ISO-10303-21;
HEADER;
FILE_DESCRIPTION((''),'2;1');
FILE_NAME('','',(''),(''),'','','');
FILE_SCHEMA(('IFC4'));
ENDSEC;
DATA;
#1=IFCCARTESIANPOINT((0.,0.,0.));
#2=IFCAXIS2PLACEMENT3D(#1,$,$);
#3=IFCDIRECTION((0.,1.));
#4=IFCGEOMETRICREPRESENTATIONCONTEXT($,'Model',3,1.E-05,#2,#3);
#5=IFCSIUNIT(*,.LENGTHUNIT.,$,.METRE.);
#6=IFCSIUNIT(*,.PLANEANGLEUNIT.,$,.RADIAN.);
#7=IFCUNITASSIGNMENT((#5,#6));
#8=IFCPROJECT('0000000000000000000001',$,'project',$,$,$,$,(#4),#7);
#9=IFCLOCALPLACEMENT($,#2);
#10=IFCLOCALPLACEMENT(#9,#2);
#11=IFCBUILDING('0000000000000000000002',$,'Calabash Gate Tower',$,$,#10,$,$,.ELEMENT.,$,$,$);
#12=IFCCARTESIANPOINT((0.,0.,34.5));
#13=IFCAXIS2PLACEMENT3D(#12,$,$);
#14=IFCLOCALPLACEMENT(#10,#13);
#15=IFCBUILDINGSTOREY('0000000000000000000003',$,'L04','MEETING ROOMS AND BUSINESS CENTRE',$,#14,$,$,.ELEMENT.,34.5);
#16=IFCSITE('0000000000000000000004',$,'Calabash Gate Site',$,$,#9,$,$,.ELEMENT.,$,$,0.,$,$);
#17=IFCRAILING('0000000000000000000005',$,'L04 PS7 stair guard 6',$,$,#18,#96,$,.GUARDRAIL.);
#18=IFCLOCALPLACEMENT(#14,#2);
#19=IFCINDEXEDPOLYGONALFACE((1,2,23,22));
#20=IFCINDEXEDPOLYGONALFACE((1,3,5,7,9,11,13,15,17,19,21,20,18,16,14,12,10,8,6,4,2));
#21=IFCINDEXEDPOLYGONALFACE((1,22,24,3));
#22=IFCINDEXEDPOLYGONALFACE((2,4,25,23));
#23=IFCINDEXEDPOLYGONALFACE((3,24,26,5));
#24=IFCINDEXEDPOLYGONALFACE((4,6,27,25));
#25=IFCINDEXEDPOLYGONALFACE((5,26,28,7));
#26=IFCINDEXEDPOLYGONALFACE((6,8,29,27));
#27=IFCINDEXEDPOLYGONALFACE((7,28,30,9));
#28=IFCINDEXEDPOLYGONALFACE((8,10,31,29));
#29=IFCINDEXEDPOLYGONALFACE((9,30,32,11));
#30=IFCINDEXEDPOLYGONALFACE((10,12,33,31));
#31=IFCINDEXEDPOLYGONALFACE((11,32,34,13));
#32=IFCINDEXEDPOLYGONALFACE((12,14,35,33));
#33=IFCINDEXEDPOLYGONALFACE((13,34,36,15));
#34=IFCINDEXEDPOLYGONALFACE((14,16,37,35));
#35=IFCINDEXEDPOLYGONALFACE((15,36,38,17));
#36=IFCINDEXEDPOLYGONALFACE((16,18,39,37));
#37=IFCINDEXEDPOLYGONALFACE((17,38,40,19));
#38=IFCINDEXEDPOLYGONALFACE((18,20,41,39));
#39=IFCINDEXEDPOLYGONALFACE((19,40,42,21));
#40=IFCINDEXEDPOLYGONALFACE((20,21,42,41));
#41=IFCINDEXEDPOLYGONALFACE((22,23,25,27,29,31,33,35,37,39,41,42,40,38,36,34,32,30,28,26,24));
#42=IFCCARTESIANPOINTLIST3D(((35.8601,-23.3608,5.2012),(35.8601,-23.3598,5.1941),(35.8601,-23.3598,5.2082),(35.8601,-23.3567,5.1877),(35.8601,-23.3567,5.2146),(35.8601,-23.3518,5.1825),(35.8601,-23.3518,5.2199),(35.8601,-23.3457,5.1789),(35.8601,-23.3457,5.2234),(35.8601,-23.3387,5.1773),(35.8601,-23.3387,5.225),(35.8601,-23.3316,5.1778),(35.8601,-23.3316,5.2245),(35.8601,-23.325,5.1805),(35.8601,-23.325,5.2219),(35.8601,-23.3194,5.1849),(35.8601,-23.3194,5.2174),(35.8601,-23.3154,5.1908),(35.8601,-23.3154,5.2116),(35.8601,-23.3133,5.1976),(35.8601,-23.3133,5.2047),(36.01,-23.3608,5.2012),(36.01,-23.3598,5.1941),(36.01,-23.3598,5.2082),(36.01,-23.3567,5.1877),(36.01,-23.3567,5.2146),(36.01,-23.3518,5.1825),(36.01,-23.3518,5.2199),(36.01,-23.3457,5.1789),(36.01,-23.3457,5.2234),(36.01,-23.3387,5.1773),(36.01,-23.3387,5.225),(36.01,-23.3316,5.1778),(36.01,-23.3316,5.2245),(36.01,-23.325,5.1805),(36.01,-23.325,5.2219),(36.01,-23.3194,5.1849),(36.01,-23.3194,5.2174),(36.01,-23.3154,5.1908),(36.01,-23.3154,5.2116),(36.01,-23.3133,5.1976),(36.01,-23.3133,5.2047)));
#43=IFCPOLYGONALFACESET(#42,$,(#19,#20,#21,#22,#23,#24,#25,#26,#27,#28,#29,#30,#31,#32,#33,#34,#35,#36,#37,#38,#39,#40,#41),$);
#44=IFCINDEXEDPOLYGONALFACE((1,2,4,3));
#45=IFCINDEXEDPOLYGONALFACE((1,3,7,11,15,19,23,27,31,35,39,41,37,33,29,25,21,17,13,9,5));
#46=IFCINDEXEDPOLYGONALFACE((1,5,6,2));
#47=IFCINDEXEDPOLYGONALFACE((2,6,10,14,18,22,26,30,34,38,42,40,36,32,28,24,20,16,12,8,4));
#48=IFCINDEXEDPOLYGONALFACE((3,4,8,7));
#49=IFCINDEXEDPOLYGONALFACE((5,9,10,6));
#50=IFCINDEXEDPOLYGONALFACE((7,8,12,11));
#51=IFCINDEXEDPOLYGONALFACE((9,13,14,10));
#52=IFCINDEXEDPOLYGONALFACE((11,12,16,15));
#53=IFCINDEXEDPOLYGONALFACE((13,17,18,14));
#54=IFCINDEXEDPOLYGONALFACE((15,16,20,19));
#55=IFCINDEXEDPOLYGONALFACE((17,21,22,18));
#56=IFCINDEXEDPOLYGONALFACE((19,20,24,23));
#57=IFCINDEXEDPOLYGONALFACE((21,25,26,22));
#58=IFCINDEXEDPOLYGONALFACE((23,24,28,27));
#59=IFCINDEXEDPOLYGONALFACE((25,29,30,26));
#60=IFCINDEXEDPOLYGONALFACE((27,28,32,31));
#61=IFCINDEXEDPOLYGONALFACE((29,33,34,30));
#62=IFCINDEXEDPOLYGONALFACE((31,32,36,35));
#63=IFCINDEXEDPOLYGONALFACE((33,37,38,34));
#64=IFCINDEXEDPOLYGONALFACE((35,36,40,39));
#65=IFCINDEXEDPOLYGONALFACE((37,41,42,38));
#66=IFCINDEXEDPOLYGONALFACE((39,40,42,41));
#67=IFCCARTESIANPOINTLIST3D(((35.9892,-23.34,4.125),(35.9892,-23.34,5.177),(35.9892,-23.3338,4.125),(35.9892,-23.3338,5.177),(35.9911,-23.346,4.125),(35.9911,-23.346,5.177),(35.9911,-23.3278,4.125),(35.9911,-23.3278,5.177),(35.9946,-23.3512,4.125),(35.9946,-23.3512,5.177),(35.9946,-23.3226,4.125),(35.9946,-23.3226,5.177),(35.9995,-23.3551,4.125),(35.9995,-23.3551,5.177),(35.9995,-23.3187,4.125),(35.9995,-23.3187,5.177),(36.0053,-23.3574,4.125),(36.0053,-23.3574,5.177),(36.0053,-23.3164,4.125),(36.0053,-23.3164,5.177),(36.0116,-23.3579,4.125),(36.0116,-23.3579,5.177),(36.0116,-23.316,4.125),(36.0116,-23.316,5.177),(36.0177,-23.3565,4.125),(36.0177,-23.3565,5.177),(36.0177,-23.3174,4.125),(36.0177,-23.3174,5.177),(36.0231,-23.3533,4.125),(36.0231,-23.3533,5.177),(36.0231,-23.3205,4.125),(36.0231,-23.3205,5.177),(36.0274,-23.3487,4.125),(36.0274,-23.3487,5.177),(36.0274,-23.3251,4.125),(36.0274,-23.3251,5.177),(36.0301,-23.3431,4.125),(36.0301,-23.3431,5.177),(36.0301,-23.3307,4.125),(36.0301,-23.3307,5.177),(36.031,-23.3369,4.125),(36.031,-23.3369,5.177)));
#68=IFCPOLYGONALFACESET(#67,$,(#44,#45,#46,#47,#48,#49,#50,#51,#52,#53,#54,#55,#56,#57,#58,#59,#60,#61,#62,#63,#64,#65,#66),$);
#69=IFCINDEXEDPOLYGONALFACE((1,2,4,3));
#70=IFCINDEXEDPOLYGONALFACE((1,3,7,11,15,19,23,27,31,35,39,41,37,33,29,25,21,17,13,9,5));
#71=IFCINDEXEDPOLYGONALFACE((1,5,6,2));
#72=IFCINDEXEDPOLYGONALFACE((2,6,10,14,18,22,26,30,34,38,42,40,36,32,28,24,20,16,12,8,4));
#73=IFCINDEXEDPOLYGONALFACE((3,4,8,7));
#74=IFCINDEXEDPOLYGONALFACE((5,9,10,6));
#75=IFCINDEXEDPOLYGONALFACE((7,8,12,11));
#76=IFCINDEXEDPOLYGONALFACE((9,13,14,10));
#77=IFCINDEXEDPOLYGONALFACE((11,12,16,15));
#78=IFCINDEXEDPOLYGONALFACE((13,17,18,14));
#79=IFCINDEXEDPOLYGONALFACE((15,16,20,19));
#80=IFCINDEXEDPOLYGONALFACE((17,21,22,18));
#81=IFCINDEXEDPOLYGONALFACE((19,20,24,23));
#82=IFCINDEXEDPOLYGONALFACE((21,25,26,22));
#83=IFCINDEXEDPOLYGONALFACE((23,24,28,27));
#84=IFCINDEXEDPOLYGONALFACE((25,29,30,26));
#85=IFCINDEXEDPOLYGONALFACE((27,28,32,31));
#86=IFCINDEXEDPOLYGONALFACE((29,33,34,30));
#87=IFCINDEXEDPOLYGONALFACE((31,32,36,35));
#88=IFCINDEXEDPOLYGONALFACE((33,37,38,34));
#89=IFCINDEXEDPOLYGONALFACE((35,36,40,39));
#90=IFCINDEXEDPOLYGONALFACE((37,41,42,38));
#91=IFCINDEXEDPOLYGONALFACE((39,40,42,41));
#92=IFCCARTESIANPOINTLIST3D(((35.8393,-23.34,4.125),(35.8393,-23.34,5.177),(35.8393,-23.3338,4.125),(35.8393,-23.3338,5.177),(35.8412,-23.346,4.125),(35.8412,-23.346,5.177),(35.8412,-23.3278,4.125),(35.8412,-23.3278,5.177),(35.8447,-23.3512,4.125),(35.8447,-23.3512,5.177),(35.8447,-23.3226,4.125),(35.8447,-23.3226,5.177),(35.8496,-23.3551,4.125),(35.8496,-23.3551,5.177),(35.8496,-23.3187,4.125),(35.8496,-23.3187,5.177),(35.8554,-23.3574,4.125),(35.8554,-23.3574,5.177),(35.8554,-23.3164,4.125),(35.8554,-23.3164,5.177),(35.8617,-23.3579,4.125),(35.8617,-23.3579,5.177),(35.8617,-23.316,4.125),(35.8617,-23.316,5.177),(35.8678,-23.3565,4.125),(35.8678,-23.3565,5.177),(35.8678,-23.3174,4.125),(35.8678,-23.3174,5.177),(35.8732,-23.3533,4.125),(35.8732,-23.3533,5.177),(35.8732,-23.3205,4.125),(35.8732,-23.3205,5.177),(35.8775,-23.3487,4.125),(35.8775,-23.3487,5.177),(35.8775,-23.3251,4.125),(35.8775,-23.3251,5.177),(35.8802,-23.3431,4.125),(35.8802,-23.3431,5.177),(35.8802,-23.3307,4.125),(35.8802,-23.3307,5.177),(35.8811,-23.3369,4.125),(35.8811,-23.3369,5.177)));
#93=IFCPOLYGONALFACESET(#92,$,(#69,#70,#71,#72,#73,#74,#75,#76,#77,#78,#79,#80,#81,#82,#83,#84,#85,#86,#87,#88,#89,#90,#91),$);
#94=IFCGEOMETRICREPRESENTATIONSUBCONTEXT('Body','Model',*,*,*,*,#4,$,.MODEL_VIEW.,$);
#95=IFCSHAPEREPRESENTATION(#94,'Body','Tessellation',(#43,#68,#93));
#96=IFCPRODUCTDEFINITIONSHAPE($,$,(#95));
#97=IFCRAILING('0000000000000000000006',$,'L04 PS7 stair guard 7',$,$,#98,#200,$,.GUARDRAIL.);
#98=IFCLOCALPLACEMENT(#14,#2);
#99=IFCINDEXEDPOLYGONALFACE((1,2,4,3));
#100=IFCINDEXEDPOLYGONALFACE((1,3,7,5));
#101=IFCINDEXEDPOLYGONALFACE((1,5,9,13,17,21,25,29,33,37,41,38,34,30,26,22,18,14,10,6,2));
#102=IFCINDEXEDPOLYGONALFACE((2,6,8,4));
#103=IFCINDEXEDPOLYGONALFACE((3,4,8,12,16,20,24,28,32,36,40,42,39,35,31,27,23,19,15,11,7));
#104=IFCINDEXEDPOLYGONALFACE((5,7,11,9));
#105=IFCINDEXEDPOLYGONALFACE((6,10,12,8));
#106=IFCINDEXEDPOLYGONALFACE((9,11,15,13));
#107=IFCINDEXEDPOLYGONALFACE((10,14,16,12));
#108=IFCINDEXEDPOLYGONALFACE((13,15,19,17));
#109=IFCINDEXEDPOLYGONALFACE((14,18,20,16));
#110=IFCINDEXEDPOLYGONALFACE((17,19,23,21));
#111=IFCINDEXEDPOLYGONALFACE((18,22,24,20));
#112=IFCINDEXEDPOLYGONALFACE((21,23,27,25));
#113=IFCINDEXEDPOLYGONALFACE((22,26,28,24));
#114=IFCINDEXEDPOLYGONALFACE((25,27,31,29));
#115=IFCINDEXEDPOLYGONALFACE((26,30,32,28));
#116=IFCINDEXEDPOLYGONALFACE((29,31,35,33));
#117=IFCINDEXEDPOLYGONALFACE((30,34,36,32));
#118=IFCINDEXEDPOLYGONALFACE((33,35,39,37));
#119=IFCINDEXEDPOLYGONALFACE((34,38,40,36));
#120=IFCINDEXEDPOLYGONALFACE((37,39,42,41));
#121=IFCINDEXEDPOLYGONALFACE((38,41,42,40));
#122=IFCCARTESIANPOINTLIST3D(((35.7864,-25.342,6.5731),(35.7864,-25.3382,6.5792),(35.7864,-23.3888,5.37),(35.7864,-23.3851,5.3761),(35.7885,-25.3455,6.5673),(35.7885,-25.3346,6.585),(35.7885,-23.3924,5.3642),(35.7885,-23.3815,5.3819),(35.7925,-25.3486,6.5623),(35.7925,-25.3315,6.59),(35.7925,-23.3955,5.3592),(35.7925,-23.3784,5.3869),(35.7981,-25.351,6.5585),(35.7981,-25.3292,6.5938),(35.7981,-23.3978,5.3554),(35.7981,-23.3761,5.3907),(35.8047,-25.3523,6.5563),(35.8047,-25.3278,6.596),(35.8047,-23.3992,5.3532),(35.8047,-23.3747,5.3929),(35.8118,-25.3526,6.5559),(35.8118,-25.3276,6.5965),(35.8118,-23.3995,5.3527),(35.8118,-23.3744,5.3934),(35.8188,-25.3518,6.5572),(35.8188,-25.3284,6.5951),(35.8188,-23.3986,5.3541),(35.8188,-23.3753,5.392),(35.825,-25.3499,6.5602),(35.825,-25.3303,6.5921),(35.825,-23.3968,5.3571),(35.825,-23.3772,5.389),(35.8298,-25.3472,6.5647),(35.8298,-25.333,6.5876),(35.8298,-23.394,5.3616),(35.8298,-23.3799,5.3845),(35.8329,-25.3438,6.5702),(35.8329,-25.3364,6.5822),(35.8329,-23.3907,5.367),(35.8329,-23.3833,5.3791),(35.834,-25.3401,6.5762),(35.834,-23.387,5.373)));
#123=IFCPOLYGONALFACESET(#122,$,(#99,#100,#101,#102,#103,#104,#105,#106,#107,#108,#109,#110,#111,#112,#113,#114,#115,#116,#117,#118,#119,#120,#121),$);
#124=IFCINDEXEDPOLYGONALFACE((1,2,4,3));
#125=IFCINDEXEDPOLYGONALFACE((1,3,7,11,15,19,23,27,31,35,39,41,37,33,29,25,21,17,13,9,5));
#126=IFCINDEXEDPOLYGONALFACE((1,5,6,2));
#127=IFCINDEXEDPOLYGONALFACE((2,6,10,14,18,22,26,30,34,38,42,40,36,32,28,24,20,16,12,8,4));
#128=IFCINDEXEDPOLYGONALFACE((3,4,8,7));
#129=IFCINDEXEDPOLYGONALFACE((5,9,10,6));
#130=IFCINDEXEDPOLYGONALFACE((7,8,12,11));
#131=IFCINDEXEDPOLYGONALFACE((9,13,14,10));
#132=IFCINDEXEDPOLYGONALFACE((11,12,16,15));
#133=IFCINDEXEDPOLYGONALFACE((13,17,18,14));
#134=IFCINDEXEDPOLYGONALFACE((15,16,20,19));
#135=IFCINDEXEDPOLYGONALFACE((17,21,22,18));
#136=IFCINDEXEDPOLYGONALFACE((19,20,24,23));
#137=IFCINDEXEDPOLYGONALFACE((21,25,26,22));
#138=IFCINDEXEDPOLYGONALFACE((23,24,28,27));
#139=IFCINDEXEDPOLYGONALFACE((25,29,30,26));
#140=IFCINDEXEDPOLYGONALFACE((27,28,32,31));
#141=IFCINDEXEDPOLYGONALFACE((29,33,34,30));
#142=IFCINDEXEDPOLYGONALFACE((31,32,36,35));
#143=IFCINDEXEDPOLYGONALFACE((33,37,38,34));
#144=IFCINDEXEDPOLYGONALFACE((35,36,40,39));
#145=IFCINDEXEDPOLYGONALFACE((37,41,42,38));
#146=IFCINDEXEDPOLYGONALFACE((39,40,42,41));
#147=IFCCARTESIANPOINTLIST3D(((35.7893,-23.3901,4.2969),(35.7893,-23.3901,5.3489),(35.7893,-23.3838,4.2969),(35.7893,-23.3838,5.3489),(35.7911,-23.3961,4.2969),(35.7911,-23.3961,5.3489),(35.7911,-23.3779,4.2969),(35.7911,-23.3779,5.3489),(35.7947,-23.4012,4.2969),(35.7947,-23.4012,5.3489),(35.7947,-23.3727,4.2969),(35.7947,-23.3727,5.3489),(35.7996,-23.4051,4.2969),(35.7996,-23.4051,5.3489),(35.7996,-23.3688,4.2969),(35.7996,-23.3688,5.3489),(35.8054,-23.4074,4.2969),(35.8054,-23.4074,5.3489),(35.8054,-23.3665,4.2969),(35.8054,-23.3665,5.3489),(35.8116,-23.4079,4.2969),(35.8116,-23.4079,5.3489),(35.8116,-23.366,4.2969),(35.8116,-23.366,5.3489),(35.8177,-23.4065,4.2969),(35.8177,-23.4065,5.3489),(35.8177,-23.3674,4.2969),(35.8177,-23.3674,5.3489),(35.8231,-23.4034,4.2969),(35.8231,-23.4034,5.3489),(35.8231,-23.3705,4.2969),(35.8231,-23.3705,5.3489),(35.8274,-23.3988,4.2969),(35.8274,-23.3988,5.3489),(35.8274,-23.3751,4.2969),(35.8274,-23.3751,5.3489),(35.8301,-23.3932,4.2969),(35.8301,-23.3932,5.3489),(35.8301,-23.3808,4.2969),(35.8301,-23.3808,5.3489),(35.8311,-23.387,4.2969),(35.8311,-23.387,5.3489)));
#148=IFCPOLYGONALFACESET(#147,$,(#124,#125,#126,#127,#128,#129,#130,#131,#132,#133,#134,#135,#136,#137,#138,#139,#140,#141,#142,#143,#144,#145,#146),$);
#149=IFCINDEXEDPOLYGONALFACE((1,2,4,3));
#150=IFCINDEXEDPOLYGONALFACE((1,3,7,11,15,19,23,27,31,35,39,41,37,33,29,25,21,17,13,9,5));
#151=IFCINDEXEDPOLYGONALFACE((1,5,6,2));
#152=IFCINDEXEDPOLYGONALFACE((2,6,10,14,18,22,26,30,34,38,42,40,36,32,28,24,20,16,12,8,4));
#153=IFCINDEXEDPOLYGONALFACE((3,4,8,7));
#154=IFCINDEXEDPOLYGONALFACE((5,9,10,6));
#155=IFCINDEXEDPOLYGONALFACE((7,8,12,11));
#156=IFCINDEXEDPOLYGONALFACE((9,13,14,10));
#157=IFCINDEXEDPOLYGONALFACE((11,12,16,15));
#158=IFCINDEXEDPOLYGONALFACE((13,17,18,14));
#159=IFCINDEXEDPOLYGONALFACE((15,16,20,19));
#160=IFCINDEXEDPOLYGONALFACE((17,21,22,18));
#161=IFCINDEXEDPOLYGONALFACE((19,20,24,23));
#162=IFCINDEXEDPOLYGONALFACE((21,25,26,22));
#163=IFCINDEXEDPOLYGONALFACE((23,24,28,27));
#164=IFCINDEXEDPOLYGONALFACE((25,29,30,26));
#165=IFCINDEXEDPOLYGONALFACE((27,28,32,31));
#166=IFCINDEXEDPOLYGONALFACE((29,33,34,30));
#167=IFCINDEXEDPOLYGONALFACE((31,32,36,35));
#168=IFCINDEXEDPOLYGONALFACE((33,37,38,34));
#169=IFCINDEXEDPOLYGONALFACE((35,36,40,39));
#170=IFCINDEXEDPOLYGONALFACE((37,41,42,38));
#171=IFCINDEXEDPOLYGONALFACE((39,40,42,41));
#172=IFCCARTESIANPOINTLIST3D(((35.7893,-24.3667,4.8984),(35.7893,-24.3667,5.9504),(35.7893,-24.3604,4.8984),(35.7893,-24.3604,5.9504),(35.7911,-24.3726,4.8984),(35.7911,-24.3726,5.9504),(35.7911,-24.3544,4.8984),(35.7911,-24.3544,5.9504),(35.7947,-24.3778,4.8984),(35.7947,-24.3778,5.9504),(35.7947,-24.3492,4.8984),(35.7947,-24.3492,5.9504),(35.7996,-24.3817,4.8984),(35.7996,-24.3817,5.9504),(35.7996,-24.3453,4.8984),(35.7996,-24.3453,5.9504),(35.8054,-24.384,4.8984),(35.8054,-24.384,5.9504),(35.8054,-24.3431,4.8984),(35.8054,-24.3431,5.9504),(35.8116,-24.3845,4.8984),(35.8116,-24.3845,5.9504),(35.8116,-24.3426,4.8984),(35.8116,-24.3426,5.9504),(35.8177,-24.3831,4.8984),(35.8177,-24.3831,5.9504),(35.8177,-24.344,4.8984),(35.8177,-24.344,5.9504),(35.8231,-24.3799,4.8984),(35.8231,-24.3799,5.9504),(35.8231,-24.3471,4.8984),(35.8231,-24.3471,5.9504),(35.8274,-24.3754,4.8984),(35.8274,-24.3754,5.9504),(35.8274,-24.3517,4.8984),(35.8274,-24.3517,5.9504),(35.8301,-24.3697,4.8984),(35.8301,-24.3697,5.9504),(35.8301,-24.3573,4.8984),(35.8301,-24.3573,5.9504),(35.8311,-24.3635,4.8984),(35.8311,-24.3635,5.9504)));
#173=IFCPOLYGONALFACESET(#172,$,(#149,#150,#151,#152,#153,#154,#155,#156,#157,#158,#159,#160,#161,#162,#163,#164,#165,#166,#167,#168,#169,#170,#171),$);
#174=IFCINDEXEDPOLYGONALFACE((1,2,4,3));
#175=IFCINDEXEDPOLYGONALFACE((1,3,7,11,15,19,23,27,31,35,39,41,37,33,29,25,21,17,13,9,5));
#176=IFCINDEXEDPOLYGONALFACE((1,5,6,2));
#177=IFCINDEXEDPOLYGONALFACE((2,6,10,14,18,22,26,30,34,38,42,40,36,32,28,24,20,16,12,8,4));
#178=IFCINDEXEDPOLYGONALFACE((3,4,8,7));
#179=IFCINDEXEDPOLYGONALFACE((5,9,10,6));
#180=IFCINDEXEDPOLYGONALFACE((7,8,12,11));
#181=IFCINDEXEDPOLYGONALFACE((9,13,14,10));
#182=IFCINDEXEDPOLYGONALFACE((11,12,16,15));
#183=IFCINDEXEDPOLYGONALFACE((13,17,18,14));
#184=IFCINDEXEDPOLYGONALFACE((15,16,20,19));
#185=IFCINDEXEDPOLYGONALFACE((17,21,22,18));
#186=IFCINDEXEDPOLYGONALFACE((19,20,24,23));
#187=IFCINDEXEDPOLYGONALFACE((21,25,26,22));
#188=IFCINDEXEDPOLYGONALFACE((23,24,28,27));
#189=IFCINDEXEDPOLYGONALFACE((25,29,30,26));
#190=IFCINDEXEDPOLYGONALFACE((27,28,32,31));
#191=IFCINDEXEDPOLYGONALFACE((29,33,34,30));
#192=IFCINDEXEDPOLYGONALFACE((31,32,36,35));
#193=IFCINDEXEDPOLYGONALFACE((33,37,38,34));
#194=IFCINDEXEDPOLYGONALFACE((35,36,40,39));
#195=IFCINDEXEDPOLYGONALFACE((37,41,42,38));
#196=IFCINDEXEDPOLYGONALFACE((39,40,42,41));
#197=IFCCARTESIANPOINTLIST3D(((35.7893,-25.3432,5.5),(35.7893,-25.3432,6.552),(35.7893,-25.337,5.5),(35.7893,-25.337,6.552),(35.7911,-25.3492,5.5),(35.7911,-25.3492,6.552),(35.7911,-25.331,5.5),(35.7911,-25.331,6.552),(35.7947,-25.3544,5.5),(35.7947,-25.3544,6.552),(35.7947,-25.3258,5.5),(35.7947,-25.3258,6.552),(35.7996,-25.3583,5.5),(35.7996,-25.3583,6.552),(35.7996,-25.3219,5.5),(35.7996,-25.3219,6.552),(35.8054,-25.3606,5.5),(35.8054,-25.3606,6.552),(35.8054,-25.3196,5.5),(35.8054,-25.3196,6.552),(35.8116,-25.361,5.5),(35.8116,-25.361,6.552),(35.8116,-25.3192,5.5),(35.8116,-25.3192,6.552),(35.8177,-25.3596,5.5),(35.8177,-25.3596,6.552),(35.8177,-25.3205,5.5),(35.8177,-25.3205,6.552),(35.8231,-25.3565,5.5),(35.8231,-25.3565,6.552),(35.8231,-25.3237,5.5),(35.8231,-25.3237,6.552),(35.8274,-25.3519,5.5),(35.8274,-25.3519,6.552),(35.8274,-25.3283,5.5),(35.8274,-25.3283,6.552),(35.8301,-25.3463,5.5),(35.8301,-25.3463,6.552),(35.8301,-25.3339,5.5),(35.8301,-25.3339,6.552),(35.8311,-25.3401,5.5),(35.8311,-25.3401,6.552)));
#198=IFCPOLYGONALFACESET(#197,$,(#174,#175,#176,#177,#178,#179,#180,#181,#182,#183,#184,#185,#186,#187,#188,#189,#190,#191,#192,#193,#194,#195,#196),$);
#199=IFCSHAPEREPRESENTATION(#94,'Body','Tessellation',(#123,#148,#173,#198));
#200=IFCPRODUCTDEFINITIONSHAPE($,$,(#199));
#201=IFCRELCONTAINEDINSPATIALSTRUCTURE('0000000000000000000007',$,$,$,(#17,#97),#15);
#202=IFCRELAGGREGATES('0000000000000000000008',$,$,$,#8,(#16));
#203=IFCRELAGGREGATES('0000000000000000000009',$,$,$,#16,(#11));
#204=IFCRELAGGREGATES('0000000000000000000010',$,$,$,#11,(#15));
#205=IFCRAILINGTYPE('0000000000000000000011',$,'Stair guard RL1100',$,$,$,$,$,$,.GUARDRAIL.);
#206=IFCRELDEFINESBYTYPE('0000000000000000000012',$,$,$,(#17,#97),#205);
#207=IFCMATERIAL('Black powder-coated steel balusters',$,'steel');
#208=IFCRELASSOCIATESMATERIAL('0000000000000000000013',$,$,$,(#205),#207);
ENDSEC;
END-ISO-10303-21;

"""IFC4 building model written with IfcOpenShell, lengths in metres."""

from ifc_helpers import new_model, si_unit, direction, frame, origin, origin_2d, place, context, subcontext, project, spatial, circle, extrude, material, type_object, element, save


model = new_model("IFC4")

# Units and contexts
model_context = context("Model", 3, precision=1e-05, world=origin(), true_north=direction((0.0, 1.0)))
body_context = subcontext(model_context, "Body", "Model", "MODEL_VIEW")
ifc_project = project(units=[si_unit("LENGTHUNIT", "METRE"), si_unit("PLANEANGLEUNIT", "RADIAN")], contexts=[model_context])

# Site, building, storey
site_placement = place(None, origin())
site = spatial("IfcSite", under=ifc_project, at=site_placement, Name="Calabash Gate Site", CompositionType="ELEMENT", RefElevation=0.0)
building_placement = place(site_placement, origin())
building = spatial("IfcBuilding", under=site, at=building_placement, Name="Calabash Gate Tower", CompositionType="ELEMENT")
storey_placement = place(building_placement, frame((0.0, 0.0, 34.5)))
storey = spatial("IfcBuildingStorey", under=building, at=storey_placement, Name="L04", Description="MEETING ROOMS AND BUSINESS CENTRE", CompositionType="ELEMENT", Elevation=34.5)

# Railings
ifc_material_1 = material(Name="Black powder-coated steel balusters", Category="steel")
railing_type = type_object("IfcRailingType", Name="Stair guard RL1100", PredefinedType="GUARDRAIL", material=ifc_material_1)
railing_1_placement = place(storey_placement, frame((36.01, -23.3369, 4.125)))
element("IfcRailing", 1, at=railing_1_placement, inside=storey, type_object=railing_type, Name="L04 PS7 stair guard 6", PredefinedType="GUARDRAIL", context=body_context, shape_type="SweptSolid", body=[
    extrude(circle(Radius=0.0239, at=origin_2d()), frame((0.0, 0.0, 1.0762), z_axis=(-1.0, 0.0, 0.0), x_axis=(0.0, -1.0, 0.0)), (0.0, 0.0, 1.0), 0.1499),
    extrude(circle(Radius=0.021, at=origin_2d()), origin(), (0.0, 0.0, 1.0), 1.052),
    extrude(circle(Radius=0.021, at=origin_2d()), frame((-0.1499, 0.0, 0.0)), (0.0, 0.0, 1.0), 1.052),
])
railing_2_placement = place(storey_placement, frame((35.8101, -23.387, 4.2969)))
element("IfcRailing", 2, at=railing_2_placement, inside=storey, type_object=railing_type, Name="L04 PS7 stair guard 7", PredefinedType="GUARDRAIL", context=body_context, shape_type="SweptSolid", body=[
    extrude(circle(Radius=0.0239, at=origin_2d()), frame((0.0, 0.0, 1.0762), z_axis=(0.0, -0.851424, 0.524477), x_axis=(1.0, 0.0, 0.0)), (0.0, 0.0, 1.0), 2.2939),
    extrude(circle(Radius=0.021, at=origin_2d()), origin(), (0.0, 0.0, 1.0), 1.052),
    extrude(circle(Radius=0.021, at=origin_2d()), frame((0.0, -0.9766, 0.6016)), (0.0, 0.0, 1.0), 1.052),
    extrude(circle(Radius=0.021, at=origin_2d()), frame((0.0, -1.9531, 1.2031)), (0.0, 0.0, 1.0), 1.052),
])

save(model, "model.ifc")
